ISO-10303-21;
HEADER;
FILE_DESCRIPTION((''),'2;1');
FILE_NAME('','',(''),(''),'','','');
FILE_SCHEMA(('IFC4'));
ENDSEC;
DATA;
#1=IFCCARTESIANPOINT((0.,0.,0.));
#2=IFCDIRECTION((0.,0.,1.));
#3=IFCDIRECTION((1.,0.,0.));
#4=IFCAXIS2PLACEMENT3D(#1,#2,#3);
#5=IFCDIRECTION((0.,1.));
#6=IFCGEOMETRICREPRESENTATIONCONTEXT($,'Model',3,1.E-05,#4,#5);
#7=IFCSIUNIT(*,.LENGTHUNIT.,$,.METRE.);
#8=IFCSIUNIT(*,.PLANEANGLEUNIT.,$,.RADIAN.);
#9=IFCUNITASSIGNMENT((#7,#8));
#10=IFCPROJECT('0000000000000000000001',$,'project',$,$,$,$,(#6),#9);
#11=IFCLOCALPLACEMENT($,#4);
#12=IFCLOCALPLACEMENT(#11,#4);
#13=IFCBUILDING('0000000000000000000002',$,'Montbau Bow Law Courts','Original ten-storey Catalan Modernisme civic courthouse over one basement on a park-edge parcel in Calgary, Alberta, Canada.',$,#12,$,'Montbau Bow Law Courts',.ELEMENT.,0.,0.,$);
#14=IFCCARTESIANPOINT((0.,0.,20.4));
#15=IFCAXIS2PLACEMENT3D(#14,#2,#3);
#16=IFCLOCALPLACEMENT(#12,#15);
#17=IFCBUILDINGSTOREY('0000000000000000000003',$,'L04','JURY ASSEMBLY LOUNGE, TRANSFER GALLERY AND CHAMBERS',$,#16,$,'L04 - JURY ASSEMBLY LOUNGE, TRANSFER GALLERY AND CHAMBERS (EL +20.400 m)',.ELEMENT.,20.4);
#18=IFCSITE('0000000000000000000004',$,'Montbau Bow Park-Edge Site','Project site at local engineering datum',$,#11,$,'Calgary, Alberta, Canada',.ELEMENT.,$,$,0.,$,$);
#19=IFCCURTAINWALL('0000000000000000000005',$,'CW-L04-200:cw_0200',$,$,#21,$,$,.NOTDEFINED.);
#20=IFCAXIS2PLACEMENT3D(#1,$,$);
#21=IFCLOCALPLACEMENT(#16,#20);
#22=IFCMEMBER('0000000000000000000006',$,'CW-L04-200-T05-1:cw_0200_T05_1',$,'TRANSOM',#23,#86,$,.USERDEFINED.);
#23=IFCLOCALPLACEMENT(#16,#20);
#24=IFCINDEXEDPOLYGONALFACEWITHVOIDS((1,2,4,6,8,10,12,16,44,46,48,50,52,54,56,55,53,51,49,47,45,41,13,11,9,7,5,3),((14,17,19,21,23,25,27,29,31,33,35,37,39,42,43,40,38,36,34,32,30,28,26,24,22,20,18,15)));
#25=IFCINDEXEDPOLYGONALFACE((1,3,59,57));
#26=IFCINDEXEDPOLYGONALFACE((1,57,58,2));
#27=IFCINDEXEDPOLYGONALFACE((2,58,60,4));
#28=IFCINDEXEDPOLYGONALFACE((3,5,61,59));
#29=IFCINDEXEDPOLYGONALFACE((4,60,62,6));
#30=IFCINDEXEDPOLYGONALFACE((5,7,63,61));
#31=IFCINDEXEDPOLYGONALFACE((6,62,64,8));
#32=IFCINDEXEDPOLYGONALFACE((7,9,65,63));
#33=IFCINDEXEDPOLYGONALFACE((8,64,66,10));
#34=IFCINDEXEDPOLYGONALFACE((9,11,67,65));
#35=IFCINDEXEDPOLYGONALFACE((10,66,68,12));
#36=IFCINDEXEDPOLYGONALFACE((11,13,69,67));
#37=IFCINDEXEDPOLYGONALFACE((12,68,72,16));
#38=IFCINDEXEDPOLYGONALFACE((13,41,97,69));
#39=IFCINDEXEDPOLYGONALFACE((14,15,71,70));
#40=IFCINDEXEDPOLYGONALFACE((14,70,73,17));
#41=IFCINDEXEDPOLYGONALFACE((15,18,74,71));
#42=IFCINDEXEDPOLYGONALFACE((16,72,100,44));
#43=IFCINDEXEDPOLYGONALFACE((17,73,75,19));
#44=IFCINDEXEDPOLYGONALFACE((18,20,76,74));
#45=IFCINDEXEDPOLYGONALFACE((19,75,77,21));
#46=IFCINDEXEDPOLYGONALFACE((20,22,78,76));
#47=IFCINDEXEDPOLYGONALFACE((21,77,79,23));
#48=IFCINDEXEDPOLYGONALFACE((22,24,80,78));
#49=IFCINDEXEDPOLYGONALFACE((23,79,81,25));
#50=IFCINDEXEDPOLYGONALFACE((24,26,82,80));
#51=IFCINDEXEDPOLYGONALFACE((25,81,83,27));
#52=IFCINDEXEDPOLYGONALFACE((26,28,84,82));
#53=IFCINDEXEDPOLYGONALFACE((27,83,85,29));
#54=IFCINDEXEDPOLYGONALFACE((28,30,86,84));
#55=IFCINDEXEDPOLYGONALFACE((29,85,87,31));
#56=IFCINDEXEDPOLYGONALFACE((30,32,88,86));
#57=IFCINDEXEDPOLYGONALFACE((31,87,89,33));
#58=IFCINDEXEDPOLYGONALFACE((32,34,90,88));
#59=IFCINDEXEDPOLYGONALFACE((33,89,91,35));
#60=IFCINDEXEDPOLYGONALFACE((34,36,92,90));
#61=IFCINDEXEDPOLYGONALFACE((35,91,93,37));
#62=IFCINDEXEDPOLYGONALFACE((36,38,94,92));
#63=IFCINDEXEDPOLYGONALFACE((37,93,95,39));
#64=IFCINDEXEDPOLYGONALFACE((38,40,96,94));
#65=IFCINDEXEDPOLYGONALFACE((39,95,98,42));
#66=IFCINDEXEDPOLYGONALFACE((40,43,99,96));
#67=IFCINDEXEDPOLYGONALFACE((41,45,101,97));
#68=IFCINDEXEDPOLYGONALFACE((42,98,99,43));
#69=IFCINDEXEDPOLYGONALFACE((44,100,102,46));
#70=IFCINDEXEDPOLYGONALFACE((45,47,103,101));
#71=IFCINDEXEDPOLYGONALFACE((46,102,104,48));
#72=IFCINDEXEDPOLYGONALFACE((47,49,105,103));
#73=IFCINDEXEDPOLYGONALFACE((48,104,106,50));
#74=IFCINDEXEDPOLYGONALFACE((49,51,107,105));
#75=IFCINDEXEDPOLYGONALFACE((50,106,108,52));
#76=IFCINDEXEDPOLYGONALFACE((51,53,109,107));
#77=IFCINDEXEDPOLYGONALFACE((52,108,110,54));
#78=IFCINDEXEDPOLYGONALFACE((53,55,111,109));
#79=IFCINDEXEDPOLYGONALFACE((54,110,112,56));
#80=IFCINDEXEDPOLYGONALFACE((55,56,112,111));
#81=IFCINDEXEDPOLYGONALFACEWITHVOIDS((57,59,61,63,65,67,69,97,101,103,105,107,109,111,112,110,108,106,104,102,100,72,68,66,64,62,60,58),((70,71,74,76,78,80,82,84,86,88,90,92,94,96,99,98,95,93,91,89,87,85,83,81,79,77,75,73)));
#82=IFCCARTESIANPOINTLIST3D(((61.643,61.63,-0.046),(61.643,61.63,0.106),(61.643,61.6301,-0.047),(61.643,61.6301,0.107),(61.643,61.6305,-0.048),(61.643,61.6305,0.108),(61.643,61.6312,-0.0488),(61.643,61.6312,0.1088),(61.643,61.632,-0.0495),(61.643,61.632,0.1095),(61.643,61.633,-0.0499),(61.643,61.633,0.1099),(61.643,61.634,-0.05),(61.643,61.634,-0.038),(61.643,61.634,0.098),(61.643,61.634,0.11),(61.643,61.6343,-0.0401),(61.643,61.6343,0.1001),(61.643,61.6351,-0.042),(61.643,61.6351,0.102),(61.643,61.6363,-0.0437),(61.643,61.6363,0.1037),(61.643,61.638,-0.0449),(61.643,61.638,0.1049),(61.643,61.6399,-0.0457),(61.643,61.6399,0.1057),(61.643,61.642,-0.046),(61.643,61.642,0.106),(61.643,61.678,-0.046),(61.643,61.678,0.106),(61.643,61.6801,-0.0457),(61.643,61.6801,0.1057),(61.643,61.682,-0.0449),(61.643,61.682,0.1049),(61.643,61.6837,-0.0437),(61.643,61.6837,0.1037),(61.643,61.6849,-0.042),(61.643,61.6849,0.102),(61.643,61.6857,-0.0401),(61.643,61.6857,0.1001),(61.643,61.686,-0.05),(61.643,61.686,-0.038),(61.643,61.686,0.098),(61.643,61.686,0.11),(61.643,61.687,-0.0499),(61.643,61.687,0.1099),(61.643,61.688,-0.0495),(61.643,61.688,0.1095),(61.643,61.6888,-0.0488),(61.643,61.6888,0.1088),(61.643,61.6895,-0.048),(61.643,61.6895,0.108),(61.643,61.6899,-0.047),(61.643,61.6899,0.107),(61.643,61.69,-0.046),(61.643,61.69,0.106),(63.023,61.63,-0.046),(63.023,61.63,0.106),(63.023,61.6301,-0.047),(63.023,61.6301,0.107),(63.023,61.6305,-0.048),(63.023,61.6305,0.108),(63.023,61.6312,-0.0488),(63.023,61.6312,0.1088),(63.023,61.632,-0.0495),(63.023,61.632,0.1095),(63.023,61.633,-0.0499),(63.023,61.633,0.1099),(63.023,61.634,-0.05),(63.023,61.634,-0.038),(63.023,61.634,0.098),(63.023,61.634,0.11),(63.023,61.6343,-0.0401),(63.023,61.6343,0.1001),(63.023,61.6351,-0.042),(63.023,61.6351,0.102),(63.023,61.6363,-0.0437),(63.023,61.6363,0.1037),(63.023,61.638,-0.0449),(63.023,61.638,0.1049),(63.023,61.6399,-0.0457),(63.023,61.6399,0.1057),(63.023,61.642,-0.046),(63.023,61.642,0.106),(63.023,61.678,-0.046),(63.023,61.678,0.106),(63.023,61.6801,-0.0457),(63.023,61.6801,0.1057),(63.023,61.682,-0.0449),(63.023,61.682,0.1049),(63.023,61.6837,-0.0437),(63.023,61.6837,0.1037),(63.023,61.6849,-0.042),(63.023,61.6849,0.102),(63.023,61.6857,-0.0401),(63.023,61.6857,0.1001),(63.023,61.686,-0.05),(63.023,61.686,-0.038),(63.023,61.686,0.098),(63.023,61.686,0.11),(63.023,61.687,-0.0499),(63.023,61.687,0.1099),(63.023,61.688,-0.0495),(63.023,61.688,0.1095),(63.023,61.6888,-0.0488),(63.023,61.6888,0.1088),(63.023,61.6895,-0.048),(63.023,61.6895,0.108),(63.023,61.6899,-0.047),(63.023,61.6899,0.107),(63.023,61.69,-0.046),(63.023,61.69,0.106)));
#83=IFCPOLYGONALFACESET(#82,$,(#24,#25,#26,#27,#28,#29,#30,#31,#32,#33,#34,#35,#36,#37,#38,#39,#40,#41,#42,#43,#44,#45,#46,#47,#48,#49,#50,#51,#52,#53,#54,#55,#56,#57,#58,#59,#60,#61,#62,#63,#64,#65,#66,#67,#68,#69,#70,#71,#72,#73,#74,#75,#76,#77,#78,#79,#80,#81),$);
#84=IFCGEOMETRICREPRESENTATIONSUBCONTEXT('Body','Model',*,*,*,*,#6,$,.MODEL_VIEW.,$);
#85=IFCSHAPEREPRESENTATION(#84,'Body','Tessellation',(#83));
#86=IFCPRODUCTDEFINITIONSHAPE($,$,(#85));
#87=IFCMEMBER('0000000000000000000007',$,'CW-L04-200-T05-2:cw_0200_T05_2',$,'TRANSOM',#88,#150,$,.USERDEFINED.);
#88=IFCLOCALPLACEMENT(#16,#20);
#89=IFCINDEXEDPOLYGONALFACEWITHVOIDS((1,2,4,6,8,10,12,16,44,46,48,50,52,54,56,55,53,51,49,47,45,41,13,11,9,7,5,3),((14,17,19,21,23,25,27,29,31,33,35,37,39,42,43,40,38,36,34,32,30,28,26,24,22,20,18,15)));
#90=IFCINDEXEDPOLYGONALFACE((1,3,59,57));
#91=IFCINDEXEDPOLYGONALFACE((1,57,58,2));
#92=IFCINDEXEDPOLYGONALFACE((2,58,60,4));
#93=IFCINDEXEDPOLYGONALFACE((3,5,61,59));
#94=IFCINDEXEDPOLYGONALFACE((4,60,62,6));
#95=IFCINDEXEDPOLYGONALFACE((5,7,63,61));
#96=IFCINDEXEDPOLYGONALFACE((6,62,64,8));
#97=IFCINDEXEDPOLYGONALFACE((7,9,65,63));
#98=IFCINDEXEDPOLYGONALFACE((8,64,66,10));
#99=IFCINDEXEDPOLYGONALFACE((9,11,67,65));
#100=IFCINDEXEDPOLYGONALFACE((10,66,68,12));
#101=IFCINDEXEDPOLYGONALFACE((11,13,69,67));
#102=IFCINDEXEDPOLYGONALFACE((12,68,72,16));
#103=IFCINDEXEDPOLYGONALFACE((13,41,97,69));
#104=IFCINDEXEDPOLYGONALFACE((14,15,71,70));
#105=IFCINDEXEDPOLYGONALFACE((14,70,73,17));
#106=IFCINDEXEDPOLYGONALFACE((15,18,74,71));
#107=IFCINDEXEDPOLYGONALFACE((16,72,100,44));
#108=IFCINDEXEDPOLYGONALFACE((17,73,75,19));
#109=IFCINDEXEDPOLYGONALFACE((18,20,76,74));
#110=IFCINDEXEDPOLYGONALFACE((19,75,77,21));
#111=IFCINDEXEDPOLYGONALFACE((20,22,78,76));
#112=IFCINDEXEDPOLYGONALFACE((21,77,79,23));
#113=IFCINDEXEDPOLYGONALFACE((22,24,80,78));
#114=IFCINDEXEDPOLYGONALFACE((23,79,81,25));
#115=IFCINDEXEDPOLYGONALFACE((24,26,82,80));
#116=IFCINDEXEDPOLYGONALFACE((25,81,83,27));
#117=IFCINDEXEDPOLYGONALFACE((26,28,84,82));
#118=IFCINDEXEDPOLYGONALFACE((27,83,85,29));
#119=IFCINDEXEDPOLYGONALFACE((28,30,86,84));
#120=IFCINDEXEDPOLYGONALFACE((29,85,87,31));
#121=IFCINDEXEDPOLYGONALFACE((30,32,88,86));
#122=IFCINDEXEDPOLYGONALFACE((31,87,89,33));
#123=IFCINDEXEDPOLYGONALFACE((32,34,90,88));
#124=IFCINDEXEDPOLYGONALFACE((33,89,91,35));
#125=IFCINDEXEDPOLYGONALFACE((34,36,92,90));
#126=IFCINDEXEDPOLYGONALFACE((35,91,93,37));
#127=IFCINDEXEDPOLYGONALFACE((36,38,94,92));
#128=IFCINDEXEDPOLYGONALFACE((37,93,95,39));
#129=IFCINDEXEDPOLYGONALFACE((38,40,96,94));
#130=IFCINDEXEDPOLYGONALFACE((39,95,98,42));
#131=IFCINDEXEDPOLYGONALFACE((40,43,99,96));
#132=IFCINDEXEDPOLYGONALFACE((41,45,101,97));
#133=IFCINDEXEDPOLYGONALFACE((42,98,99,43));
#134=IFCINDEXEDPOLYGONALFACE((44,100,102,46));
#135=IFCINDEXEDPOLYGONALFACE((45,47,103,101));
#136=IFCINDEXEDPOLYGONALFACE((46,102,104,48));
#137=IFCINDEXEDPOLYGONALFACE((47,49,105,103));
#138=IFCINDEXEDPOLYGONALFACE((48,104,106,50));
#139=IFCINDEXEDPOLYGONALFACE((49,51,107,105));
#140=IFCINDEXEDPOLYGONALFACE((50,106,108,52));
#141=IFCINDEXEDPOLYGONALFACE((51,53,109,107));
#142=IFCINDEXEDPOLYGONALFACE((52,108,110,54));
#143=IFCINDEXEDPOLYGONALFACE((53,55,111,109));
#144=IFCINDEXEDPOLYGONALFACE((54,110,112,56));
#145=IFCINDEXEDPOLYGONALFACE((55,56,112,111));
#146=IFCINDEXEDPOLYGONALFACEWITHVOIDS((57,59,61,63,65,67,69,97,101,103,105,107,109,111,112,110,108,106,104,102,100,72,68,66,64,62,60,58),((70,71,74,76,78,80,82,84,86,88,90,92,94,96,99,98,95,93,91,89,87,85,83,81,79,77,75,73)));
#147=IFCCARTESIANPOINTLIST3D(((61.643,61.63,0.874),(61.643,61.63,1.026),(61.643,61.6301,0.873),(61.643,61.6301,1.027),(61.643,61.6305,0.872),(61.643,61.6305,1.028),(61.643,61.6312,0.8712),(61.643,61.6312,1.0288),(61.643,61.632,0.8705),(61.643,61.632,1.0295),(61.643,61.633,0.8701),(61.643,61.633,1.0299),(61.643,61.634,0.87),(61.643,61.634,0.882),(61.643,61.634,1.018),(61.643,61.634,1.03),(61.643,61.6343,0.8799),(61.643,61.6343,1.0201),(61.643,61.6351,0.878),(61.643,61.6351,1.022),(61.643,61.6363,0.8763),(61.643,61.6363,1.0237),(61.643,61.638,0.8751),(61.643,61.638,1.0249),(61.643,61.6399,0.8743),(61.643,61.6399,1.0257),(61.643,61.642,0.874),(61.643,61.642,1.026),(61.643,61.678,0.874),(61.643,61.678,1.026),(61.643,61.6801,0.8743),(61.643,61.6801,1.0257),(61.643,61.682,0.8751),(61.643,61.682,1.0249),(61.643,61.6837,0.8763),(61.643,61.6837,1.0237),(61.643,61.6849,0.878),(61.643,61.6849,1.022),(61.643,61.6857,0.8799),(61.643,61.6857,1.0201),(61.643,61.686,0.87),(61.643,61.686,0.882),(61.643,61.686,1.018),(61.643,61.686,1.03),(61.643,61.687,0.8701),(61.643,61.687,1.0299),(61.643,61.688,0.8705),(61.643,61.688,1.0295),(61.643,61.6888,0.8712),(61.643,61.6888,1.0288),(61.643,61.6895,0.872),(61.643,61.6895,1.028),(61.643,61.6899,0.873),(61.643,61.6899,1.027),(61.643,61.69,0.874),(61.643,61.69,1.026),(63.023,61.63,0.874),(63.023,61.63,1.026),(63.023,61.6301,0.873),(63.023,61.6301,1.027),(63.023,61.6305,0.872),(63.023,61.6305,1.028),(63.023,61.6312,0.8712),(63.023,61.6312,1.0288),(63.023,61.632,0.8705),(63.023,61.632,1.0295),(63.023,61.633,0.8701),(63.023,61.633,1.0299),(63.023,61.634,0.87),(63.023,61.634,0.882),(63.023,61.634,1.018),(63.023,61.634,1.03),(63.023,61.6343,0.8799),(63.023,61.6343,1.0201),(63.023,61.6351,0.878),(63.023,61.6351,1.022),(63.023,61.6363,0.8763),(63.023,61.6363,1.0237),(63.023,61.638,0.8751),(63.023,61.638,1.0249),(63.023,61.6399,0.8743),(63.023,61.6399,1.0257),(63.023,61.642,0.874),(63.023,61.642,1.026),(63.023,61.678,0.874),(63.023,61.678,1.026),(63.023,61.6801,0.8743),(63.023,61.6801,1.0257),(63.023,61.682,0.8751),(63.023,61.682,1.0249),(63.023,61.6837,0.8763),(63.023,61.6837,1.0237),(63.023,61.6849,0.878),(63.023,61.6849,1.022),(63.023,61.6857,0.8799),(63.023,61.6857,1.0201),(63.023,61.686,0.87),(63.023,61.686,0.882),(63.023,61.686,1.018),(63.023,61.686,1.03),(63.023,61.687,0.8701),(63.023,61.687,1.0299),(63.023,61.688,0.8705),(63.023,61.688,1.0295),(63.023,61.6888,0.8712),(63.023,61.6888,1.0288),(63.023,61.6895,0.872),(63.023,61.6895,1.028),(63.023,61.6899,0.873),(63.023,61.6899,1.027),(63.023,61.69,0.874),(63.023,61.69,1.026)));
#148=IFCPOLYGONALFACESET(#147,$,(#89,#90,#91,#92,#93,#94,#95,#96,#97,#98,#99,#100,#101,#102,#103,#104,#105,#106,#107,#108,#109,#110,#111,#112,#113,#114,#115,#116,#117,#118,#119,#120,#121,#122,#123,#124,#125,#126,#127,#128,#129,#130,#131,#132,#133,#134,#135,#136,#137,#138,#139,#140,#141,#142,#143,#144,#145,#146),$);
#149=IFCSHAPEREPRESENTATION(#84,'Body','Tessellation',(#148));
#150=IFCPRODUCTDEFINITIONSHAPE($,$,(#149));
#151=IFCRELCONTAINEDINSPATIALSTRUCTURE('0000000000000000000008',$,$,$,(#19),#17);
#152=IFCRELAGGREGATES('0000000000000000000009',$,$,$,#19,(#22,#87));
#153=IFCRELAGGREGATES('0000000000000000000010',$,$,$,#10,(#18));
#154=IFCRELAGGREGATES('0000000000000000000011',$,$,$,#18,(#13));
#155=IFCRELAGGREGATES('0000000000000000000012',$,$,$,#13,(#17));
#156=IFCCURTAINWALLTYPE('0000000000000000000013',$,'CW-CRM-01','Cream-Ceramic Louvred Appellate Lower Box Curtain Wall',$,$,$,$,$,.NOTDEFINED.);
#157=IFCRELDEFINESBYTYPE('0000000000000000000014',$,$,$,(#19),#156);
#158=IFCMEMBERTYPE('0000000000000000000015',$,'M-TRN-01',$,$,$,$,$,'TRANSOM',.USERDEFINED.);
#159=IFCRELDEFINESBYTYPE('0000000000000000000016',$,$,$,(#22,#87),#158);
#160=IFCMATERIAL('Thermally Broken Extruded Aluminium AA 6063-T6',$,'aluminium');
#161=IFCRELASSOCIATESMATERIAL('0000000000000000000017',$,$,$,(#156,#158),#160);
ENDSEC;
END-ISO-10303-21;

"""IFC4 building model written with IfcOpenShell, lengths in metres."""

from ifc_helpers import new_model, si_unit, direction, frame, origin_with_axes, origin_2d_with_axis, place, context, subcontext, project, spatial, hollow_rectangle, extrude, material, material_profile, profile_set, type_object, element, aggregate, save


model = new_model("IFC4")

# Units and contexts
model_context = context("Model", 3, precision=1e-05, world=origin_with_axes(), true_north=direction((0.0, 1.0)))
body_context = subcontext(model_context, "Body", "Model", "MODEL_VIEW")
ifc_project = project(units=[si_unit("LENGTHUNIT", "METRE"), si_unit("PLANEANGLEUNIT", "RADIAN")], contexts=[model_context])

# Site, building, storey
site_placement = place(None, origin_with_axes())
site = spatial("IfcSite", under=ifc_project, at=site_placement, Name="Montbau Bow Park-Edge Site", Description="Project site at local engineering datum", LongName="Calgary, Alberta, Canada", CompositionType="ELEMENT", RefElevation=0.0)
building_placement = place(site_placement, origin_with_axes())
building = spatial("IfcBuilding", under=site, at=building_placement, Name="Montbau Bow Law Courts", Description="Original ten-storey Catalan Modernisme civic courthouse over one basement on a park-edge parcel in Calgary, Alberta, Canada.", LongName="Montbau Bow Law Courts", CompositionType="ELEMENT", ElevationOfRefHeight=0.0, ElevationOfTerrain=0.0)
storey_placement = place(building_placement, frame((0.0, 0.0, 20.4), z_axis=(0.0, 0.0, 1.0), x_axis=(1.0, 0.0, 0.0)))
storey = spatial("IfcBuildingStorey", under=building, at=storey_placement, Name="L04", Description="JURY ASSEMBLY LOUNGE, TRANSFER GALLERY AND CHAMBERS", LongName="L04 - JURY ASSEMBLY LOUNGE, TRANSFER GALLERY AND CHAMBERS (EL +20.400 m)", CompositionType="ELEMENT", Elevation=20.4)

# Shared definitions
ifc_material_1 = material(Name="Thermally Broken Extruded Aluminium AA 6063-T6", Category="aluminium")
curtain_wall_type = type_object("IfcCurtainWallType", Name="CW-CRM-01", Description="Cream-Ceramic Louvred Appellate Lower Box Curtain Wall", PredefinedType="NOTDEFINED", material=ifc_material_1)

# Curtain wall, members
curtain_wall_1_placement = place(None, frame((55.715, 61.66, 20.4), z_axis=(0.0, 0.0, 1.0), x_axis=(1.0, 0.0, 0.0)))
curtain_wall_1 = element("IfcCurtainWall", 1, at=curtain_wall_1_placement, inside=storey, type_object=curtain_wall_type, Name="CW-L04-200:cw_0200", PredefinedType="NOTDEFINED")
ifc_material_profile_1 = material_profile(ifc_material_1, hollow_rectangle(XDim=0.06, YDim=0.16, WallThickness=0.004, InnerFilletRadius=0.008, OuterFilletRadius=0.004, at=origin_2d_with_axis()), Name="CWT-160X60", Category="Main", Priority=0)
ifc_profile_set_1 = profile_set([ifc_material_profile_1], Name="Thermally Broken Extruded Aluminium AA 6063-T6")
member_type_1 = type_object("IfcMemberType", Name="M-TRN-01", ElementType="TRANSOM", PredefinedType="USERDEFINED", material=ifc_profile_set_1)
member_1_placement = place(None, frame((61.643, 61.66, 20.43), z_axis=(1.0, 0.0, 0.0), x_axis=(0.0, 1.0, 0.0)))
member_1 = element("IfcMember", 2, at=member_1_placement, type_object=member_type_1, Name="CW-L04-200-T05-1:cw_0200_T05_1", ObjectType="TRANSOM", PredefinedType="USERDEFINED", context=body_context, shape_type="SweptSolid", body=[
    extrude(hollow_rectangle(XDim=0.06, YDim=0.16, WallThickness=0.004, InnerFilletRadius=0.008, OuterFilletRadius=0.004, at=origin_2d_with_axis()), origin_with_axes(), (0.0, 0.0, 1.0), 1.38),
])
member_2_placement = place(None, frame((61.643, 61.66, 21.35), z_axis=(1.0, 0.0, 0.0), x_axis=(0.0, 1.0, 0.0)))
member_2 = element("IfcMember", 3, at=member_2_placement, type_object=member_type_1, Name="CW-L04-200-T05-2:cw_0200_T05_2", ObjectType="TRANSOM", PredefinedType="USERDEFINED", context=body_context, shape_type="SweptSolid", body=[
    extrude(hollow_rectangle(XDim=0.06, YDim=0.16, WallThickness=0.004, InnerFilletRadius=0.008, OuterFilletRadius=0.004, at=origin_2d_with_axis()), origin_with_axes(), (0.0, 0.0, 1.0), 1.38),
])

aggregate(curtain_wall_1, [member_1, member_2])

save(model, "model.ifc")
